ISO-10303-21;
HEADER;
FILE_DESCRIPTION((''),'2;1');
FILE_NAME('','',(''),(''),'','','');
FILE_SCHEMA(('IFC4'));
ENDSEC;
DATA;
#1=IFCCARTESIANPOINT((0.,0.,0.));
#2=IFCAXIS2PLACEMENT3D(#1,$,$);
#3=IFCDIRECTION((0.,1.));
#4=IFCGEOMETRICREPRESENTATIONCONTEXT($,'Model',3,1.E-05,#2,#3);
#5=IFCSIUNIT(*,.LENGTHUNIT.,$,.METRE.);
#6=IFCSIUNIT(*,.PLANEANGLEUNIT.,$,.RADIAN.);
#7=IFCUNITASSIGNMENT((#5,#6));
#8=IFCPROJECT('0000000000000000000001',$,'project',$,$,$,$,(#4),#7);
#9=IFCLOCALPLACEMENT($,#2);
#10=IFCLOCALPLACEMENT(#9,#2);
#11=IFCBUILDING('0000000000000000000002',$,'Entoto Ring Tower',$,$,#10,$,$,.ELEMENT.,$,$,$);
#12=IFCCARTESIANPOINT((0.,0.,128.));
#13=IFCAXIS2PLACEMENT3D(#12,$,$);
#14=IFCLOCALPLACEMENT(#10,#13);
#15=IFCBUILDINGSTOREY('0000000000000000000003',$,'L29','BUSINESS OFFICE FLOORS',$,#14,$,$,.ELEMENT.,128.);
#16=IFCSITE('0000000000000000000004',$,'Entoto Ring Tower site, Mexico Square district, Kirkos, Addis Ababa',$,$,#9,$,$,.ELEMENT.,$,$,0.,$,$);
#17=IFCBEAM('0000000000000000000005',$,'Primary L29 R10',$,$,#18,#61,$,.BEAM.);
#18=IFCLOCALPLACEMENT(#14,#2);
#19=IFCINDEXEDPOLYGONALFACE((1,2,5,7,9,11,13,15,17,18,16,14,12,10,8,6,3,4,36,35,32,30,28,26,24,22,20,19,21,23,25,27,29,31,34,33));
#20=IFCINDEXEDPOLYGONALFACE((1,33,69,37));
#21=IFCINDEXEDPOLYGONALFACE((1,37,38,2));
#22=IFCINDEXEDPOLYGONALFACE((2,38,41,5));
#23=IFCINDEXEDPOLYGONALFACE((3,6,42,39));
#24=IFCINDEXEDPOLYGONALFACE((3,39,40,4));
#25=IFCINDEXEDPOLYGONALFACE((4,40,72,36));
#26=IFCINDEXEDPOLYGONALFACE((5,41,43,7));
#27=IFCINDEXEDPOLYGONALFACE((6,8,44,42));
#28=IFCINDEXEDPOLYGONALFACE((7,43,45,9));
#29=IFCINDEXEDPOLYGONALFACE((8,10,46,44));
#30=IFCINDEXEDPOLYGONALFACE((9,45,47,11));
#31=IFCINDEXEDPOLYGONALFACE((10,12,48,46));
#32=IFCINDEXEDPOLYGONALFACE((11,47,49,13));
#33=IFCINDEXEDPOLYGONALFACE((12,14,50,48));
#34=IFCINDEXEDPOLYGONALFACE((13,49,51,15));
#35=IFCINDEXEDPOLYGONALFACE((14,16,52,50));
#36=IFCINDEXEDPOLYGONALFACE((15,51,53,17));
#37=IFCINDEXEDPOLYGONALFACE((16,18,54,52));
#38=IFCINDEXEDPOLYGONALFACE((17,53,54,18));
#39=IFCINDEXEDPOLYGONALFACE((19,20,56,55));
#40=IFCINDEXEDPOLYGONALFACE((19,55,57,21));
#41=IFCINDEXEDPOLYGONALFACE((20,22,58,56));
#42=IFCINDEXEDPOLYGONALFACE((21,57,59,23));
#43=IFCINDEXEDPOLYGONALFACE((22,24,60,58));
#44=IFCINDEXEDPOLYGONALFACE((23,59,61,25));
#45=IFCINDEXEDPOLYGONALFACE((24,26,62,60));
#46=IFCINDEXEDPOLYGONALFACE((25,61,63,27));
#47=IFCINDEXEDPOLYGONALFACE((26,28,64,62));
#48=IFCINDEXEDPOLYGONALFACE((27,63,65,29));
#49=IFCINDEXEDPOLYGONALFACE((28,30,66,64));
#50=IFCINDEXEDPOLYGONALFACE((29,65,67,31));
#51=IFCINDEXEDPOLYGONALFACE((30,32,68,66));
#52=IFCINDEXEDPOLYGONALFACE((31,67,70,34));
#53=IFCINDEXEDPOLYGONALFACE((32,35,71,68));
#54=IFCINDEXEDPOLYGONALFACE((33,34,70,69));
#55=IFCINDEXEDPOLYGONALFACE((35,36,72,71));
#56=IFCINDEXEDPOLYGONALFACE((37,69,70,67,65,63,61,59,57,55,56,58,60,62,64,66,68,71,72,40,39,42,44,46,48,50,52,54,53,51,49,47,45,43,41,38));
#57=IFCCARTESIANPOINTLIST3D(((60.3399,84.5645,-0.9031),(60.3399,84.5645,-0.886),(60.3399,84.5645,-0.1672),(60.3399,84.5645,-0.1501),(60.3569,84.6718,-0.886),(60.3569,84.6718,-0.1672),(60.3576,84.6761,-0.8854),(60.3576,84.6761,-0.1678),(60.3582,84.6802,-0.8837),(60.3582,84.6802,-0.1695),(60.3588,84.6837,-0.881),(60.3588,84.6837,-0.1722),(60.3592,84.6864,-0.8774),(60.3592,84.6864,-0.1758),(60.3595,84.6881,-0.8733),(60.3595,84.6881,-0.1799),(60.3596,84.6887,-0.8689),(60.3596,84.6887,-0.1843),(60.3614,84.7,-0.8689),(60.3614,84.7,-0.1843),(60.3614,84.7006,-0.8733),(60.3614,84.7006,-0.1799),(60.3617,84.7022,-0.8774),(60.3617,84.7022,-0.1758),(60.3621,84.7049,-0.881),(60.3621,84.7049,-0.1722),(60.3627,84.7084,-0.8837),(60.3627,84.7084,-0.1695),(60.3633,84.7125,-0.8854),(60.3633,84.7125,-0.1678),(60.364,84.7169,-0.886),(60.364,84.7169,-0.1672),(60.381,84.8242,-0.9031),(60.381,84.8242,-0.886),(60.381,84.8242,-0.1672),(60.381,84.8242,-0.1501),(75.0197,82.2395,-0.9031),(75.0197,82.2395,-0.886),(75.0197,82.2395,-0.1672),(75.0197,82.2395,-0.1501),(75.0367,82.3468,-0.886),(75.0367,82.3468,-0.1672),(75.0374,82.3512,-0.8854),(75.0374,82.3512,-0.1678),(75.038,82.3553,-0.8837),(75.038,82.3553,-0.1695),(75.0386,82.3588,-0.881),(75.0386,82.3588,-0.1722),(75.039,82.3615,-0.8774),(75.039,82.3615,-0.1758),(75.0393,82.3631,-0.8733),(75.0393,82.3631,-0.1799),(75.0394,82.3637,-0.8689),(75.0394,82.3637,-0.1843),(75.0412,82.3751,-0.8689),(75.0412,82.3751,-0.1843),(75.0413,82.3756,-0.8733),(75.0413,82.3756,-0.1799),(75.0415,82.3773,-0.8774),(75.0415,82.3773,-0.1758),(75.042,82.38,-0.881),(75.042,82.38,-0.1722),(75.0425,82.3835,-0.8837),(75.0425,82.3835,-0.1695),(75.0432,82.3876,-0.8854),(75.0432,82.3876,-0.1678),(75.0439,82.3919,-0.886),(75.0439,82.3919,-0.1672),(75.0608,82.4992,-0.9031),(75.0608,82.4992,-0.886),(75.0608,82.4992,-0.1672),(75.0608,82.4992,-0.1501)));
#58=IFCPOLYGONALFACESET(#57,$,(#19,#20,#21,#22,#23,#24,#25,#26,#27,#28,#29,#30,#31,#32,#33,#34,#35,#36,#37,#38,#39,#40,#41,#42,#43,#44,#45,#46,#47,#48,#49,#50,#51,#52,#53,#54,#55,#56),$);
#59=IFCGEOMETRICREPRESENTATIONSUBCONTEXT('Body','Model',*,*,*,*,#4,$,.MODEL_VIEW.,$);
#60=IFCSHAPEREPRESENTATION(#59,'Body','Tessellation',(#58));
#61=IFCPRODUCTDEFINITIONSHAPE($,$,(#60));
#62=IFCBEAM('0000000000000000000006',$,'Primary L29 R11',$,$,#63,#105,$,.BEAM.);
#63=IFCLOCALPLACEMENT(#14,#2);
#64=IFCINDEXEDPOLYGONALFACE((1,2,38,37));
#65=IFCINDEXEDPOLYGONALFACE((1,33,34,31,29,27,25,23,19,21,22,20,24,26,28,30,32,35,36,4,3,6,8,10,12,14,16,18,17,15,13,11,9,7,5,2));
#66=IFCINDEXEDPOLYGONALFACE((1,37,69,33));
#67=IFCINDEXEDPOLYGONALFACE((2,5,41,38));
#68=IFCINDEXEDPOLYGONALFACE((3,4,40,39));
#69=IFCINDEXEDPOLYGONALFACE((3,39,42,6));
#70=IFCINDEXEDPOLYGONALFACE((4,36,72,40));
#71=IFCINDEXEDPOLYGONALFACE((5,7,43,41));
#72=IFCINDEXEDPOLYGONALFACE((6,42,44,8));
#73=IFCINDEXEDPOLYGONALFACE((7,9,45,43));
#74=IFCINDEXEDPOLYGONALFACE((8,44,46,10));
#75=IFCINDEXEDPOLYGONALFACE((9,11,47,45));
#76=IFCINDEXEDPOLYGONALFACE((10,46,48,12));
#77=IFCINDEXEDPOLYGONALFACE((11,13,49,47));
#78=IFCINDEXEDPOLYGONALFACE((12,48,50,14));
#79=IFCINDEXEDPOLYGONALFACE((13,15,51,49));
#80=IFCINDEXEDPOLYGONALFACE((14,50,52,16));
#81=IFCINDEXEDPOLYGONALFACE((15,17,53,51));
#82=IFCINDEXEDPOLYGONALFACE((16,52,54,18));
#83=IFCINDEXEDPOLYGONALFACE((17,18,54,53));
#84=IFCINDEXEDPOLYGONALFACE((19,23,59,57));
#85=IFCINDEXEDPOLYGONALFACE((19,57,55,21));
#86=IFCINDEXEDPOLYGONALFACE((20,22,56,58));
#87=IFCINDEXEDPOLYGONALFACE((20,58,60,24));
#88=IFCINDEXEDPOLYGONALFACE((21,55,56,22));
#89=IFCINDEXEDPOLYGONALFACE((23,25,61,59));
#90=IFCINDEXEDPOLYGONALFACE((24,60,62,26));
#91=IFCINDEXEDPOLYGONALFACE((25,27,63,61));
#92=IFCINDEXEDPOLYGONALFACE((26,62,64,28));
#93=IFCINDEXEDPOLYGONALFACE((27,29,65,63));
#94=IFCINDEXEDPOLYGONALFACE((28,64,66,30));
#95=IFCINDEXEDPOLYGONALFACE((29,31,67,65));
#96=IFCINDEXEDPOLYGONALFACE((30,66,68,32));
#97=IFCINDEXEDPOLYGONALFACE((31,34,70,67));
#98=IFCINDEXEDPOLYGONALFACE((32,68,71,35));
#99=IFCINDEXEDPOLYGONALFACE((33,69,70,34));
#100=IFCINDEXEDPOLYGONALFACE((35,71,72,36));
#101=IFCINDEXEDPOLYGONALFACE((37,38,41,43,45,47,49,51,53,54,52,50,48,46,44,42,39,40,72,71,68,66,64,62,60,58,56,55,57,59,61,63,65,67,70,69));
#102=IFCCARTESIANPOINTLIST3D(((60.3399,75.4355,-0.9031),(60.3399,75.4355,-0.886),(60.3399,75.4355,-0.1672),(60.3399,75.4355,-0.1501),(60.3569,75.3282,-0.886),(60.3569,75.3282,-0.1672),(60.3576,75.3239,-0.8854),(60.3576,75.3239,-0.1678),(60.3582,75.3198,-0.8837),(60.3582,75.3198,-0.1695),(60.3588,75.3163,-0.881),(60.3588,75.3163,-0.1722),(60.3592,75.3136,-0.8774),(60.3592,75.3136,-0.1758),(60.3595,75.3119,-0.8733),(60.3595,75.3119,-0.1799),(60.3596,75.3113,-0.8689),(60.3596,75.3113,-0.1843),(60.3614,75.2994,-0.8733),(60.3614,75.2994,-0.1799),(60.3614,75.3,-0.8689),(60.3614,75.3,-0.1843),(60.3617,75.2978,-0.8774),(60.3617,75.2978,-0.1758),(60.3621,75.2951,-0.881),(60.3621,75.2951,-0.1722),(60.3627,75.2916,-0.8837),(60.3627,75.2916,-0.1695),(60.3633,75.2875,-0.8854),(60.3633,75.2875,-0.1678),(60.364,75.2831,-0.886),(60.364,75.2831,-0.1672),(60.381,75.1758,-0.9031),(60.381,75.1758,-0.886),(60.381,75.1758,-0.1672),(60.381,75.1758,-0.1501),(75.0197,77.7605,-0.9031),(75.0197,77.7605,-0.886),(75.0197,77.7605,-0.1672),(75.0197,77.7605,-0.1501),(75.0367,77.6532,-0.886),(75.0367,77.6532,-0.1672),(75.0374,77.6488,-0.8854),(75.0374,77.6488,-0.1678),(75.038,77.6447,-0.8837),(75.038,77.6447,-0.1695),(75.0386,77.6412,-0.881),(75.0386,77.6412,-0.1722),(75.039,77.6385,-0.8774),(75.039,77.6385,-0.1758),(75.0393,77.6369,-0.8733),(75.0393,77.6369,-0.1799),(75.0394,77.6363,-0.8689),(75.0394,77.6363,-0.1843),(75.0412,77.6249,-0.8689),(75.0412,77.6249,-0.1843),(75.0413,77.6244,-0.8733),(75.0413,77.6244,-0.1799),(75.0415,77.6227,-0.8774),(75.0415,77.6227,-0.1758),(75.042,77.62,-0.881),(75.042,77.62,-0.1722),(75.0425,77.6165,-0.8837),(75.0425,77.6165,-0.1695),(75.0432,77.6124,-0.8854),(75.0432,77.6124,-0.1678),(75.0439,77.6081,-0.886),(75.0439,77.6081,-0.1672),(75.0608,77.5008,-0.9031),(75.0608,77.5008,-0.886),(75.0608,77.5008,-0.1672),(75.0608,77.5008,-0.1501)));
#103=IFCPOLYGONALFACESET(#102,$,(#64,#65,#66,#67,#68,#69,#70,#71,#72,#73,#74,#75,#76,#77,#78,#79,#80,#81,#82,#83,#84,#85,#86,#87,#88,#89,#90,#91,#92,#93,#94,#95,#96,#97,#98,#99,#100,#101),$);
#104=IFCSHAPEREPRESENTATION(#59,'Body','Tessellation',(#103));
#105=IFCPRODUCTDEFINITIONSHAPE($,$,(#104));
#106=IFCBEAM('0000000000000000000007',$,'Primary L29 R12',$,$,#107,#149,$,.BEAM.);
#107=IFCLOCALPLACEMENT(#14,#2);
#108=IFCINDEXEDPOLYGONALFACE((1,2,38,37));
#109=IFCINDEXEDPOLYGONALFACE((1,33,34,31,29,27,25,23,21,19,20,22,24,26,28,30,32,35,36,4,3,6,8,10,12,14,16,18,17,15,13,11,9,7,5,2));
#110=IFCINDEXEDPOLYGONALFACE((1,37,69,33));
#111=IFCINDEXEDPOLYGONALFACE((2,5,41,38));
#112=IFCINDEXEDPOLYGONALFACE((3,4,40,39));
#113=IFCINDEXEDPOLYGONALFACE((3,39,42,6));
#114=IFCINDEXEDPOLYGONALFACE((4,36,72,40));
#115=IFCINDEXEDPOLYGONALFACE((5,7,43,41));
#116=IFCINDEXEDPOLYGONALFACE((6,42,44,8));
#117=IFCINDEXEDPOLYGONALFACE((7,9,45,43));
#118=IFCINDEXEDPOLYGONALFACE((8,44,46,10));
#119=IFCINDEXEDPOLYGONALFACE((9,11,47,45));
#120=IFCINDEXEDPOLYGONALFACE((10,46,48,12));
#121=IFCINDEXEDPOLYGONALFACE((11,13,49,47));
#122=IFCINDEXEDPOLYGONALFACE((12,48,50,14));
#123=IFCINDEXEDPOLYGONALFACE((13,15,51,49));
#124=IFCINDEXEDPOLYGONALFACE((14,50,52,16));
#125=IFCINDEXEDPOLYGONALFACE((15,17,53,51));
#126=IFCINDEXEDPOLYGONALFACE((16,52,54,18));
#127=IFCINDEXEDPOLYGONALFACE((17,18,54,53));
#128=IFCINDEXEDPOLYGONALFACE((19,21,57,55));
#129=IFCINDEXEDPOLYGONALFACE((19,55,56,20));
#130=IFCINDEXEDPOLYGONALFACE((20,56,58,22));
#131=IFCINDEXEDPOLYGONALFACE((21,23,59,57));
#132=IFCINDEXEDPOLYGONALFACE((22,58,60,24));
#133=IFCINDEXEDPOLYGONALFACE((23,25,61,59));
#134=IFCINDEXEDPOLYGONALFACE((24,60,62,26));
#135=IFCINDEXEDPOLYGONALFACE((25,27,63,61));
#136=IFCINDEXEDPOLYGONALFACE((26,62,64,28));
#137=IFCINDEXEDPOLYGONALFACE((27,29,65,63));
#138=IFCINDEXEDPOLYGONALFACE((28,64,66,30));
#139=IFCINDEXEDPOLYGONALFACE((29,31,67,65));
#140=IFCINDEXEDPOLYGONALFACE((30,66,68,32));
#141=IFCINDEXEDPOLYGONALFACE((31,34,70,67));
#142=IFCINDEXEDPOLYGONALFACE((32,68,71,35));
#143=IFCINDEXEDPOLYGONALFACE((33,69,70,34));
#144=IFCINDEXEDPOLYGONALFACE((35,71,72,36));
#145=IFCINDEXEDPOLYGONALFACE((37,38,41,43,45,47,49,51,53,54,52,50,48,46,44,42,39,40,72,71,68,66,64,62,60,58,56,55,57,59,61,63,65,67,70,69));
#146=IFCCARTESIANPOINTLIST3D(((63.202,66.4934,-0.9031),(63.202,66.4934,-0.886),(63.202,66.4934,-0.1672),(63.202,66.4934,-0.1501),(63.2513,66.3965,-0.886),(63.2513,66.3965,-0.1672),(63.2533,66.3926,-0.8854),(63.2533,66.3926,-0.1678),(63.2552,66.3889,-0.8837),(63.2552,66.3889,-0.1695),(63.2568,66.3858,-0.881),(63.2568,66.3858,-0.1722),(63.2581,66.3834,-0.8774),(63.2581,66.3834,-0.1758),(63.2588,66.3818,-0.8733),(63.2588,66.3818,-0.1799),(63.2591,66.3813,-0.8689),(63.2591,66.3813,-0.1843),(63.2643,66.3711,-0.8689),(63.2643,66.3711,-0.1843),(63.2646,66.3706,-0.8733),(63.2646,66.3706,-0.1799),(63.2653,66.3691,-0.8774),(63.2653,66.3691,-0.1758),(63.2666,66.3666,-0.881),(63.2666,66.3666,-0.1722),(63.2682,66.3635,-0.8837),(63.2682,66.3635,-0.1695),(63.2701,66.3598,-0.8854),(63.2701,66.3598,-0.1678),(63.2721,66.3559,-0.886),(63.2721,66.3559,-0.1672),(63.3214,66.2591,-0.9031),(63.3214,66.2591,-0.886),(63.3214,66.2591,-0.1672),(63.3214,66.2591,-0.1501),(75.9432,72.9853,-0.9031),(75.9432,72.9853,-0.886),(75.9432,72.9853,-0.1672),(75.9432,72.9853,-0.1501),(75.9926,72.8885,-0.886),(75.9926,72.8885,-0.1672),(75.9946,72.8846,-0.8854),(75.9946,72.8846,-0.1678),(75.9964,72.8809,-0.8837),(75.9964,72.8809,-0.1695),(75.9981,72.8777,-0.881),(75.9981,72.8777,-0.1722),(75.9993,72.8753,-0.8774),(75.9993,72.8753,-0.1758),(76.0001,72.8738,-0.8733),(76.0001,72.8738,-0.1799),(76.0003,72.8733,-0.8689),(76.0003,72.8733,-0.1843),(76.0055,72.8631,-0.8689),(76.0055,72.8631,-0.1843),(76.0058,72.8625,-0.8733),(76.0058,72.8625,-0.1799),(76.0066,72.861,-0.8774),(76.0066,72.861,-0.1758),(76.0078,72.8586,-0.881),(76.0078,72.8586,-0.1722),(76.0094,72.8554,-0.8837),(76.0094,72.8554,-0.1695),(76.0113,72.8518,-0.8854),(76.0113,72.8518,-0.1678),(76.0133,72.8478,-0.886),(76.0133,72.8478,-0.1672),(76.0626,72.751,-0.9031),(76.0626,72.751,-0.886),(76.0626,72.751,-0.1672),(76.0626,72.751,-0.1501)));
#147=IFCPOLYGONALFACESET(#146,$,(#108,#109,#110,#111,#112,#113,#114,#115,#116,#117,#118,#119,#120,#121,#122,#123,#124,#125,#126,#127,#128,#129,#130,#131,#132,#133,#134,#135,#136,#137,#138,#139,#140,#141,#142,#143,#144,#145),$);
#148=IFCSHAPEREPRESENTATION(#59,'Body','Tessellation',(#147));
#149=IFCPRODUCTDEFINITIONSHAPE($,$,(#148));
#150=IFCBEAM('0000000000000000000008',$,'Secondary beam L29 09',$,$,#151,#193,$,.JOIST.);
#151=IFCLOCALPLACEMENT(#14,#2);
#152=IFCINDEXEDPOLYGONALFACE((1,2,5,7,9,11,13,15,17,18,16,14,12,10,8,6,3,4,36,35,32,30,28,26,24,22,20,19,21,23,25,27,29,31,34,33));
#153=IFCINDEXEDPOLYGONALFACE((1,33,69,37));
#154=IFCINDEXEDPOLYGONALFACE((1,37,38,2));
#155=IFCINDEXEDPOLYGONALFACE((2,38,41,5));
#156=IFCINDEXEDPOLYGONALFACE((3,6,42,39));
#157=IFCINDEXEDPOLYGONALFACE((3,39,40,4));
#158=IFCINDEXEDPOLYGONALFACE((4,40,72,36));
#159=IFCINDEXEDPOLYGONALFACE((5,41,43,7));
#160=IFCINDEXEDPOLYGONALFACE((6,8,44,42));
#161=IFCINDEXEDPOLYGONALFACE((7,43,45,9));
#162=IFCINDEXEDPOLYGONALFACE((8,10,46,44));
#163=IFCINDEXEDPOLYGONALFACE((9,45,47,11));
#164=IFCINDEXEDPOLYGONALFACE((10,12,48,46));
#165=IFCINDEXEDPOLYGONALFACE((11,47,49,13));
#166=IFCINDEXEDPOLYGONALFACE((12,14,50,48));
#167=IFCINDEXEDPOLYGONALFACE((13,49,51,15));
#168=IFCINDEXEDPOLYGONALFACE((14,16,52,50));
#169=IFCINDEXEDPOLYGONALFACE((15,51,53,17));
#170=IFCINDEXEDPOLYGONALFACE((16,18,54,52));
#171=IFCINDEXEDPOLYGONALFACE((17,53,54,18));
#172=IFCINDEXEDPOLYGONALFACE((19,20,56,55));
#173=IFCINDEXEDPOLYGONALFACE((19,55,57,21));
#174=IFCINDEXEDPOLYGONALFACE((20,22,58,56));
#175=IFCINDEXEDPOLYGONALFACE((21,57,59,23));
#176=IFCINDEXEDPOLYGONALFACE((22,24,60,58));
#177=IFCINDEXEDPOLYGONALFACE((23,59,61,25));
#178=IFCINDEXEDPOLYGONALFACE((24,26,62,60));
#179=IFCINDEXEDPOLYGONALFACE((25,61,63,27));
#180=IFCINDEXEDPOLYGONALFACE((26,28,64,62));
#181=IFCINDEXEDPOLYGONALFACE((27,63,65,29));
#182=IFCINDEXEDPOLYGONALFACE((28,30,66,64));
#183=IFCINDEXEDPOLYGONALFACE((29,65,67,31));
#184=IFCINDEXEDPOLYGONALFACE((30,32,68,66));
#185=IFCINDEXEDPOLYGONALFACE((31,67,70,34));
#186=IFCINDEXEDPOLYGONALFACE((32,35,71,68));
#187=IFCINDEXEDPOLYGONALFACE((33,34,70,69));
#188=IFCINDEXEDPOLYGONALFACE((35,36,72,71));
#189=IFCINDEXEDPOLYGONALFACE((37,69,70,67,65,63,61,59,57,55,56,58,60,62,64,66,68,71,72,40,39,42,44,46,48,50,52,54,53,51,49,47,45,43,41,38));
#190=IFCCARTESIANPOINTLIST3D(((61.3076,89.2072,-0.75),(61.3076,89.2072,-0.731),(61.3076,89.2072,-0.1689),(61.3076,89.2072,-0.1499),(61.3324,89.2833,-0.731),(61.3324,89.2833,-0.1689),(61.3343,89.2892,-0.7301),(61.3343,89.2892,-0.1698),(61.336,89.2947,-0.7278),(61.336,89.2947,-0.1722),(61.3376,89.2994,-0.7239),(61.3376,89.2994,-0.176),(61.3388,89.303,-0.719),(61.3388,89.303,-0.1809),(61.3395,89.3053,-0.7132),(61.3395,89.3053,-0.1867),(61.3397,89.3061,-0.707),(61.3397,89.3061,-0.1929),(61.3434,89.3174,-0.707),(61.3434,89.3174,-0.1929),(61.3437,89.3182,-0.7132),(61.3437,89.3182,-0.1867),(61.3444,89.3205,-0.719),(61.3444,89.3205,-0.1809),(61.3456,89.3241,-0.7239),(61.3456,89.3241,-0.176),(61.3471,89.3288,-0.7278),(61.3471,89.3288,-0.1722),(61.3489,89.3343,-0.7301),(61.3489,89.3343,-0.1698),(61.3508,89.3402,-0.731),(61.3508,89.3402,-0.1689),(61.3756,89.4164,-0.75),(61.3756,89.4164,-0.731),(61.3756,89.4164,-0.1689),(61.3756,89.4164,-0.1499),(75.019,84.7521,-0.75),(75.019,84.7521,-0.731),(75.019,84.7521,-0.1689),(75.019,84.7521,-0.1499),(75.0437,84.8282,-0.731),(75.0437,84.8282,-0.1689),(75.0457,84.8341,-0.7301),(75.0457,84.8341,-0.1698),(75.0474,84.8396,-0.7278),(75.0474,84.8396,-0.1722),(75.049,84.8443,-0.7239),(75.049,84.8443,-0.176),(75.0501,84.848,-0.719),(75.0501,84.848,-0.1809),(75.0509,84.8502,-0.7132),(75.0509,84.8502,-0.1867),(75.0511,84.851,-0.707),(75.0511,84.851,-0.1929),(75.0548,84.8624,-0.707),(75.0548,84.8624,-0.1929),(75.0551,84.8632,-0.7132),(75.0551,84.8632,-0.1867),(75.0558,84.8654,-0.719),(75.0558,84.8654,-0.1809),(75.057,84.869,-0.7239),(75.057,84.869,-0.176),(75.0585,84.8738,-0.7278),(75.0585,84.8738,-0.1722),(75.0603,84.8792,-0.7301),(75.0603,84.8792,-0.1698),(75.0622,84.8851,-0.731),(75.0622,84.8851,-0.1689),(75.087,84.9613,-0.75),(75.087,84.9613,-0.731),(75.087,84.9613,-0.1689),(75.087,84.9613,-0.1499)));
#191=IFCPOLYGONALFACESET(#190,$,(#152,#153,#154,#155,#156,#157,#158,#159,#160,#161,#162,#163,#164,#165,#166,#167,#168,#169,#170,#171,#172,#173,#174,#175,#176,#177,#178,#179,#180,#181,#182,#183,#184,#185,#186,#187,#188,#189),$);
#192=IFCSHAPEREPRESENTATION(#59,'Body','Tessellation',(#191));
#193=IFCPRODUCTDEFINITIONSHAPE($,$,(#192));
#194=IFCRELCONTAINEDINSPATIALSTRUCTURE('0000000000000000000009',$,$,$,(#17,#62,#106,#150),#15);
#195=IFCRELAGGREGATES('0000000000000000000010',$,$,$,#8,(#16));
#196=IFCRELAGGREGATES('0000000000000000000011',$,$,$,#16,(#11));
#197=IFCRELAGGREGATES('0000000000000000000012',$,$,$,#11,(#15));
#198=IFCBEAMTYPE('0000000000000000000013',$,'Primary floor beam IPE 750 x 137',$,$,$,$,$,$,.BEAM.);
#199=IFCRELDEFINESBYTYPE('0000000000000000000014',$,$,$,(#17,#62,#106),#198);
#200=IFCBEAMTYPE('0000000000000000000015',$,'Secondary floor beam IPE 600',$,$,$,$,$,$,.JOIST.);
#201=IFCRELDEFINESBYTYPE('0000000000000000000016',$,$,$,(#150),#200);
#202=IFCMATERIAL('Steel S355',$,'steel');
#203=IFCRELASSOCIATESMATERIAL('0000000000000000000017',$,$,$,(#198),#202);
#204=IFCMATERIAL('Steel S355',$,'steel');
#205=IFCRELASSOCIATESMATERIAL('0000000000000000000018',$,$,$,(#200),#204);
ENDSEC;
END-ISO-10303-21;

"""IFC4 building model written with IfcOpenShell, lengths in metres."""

from ifc_helpers import new_model, si_unit, direction, frame, origin, origin_2d, place, context, subcontext, project, spatial, i_section, extrude, material, material_profile, profile_set, type_object, element, save


model = new_model("IFC4")

# Units and contexts
model_context = context("Model", 3, precision=1e-05, world=origin(), true_north=direction((0.0, 1.0)))
body_context = subcontext(model_context, "Body", "Model", "MODEL_VIEW")
ifc_project = project(units=[si_unit("LENGTHUNIT", "METRE"), si_unit("PLANEANGLEUNIT", "RADIAN")], contexts=[model_context])

# Site, building, storey
site_placement = place(None, origin())
site = spatial("IfcSite", under=ifc_project, at=site_placement, Name="Entoto Ring Tower site, Mexico Square district, Kirkos, Addis Ababa", CompositionType="ELEMENT", RefElevation=0.0)
building_placement = place(site_placement, origin())
building = spatial("IfcBuilding", under=site, at=building_placement, Name="Entoto Ring Tower", CompositionType="ELEMENT")
storey_placement = place(building_placement, frame((0.0, 0.0, 128.0)))
storey = spatial("IfcBuildingStorey", under=building, at=storey_placement, Name="L29", Description="BUSINESS OFFICE FLOORS", CompositionType="ELEMENT", Elevation=128.0)

# Beams
ifc_material_1 = material(Name="Steel S355", Category="steel")
ifc_material_profile_1 = material_profile(ifc_material_1, i_section(OverallWidth=0.2629, OverallDepth=0.7529, WebThickness=0.0115, FlangeThickness=0.0171, FilletRadius=0.0171, at=origin_2d()), Name="IPE 750 x 137")
ifc_profile_set_1 = profile_set([ifc_material_profile_1], Name="Steel S355")
beam_type_1 = type_object("IfcBeamType", Name="Primary floor beam IPE 750 x 137", PredefinedType="BEAM", material=ifc_profile_set_1)
for number, where, z_axis, x_axis, name in (
    (1, (75.0403, 82.3694, -0.5266), (-0.98769, 0.156426, 0.0), (-0.156426, -0.98769, 0.0), "Primary L29 R10"),
    (2, (75.0403, 77.6306, -0.5266), (-0.98769, -0.156426, 0.0), (0.156426, -0.98769, 0.0), "Primary L29 R11"),
):
    element("IfcBeam", number, at=place(storey_placement, frame(where, z_axis=z_axis, x_axis=x_axis)), inside=storey, type_object=beam_type_1, Name=name, PredefinedType="BEAM", context=body_context, shape_type="SweptSolid", body=[
        extrude(i_section(OverallWidth=0.2629, OverallDepth=0.7529, WebThickness=0.0115, FlangeThickness=0.0171, FilletRadius=0.0171, at=origin_2d()), origin(), (0.0, 0.0, 1.0), 14.8628),
    ])
beam_1_placement = place(storey_placement, frame((76.0029, 72.8682, -0.5266), z_axis=(-0.891007, -0.453989, 0.0), x_axis=(0.453989, -0.891007, 0.0)))
element("IfcBeam", 3, at=beam_1_placement, inside=storey, type_object=beam_type_1, Name="Primary L29 R12", PredefinedType="BEAM", context=body_context, shape_type="SweptSolid", body=[
    extrude(i_section(OverallWidth=0.2629, OverallDepth=0.7529, WebThickness=0.0115, FlangeThickness=0.0171, FilletRadius=0.0171, at=origin_2d()), origin(), (0.0, 0.0, 1.0), 14.2998),
])
ifc_material_2 = material(Name="Steel S355", Category="steel")
ifc_material_profile_2 = material_profile(ifc_material_2, i_section(OverallWidth=0.22, OverallDepth=0.6001, WebThickness=0.012, FlangeThickness=0.019, FilletRadius=0.0239, at=origin_2d()), Name="IPE 600")
ifc_profile_set_2 = profile_set([ifc_material_profile_2], Name="Steel S355")
beam_type_2 = type_object("IfcBeamType", Name="Secondary floor beam IPE 600", PredefinedType="JOIST", material=ifc_profile_set_2)
beam_2_placement = place(storey_placement, frame((75.053, 84.8567, -0.45), z_axis=(-0.951057, 0.309015, 0.0), x_axis=(-0.309015, -0.951057, 0.0)))
element("IfcBeam", 4, at=beam_2_placement, inside=storey, type_object=beam_type_2, Name="Secondary beam L29 09", PredefinedType="JOIST", context=body_context, shape_type="SweptSolid", body=[
    extrude(i_section(OverallWidth=0.22, OverallDepth=0.6001, WebThickness=0.012, FlangeThickness=0.019, FilletRadius=0.0239, at=origin_2d()), origin(), (0.0, 0.0, 1.0), 14.417),
])

save(model, "model.ifc")
